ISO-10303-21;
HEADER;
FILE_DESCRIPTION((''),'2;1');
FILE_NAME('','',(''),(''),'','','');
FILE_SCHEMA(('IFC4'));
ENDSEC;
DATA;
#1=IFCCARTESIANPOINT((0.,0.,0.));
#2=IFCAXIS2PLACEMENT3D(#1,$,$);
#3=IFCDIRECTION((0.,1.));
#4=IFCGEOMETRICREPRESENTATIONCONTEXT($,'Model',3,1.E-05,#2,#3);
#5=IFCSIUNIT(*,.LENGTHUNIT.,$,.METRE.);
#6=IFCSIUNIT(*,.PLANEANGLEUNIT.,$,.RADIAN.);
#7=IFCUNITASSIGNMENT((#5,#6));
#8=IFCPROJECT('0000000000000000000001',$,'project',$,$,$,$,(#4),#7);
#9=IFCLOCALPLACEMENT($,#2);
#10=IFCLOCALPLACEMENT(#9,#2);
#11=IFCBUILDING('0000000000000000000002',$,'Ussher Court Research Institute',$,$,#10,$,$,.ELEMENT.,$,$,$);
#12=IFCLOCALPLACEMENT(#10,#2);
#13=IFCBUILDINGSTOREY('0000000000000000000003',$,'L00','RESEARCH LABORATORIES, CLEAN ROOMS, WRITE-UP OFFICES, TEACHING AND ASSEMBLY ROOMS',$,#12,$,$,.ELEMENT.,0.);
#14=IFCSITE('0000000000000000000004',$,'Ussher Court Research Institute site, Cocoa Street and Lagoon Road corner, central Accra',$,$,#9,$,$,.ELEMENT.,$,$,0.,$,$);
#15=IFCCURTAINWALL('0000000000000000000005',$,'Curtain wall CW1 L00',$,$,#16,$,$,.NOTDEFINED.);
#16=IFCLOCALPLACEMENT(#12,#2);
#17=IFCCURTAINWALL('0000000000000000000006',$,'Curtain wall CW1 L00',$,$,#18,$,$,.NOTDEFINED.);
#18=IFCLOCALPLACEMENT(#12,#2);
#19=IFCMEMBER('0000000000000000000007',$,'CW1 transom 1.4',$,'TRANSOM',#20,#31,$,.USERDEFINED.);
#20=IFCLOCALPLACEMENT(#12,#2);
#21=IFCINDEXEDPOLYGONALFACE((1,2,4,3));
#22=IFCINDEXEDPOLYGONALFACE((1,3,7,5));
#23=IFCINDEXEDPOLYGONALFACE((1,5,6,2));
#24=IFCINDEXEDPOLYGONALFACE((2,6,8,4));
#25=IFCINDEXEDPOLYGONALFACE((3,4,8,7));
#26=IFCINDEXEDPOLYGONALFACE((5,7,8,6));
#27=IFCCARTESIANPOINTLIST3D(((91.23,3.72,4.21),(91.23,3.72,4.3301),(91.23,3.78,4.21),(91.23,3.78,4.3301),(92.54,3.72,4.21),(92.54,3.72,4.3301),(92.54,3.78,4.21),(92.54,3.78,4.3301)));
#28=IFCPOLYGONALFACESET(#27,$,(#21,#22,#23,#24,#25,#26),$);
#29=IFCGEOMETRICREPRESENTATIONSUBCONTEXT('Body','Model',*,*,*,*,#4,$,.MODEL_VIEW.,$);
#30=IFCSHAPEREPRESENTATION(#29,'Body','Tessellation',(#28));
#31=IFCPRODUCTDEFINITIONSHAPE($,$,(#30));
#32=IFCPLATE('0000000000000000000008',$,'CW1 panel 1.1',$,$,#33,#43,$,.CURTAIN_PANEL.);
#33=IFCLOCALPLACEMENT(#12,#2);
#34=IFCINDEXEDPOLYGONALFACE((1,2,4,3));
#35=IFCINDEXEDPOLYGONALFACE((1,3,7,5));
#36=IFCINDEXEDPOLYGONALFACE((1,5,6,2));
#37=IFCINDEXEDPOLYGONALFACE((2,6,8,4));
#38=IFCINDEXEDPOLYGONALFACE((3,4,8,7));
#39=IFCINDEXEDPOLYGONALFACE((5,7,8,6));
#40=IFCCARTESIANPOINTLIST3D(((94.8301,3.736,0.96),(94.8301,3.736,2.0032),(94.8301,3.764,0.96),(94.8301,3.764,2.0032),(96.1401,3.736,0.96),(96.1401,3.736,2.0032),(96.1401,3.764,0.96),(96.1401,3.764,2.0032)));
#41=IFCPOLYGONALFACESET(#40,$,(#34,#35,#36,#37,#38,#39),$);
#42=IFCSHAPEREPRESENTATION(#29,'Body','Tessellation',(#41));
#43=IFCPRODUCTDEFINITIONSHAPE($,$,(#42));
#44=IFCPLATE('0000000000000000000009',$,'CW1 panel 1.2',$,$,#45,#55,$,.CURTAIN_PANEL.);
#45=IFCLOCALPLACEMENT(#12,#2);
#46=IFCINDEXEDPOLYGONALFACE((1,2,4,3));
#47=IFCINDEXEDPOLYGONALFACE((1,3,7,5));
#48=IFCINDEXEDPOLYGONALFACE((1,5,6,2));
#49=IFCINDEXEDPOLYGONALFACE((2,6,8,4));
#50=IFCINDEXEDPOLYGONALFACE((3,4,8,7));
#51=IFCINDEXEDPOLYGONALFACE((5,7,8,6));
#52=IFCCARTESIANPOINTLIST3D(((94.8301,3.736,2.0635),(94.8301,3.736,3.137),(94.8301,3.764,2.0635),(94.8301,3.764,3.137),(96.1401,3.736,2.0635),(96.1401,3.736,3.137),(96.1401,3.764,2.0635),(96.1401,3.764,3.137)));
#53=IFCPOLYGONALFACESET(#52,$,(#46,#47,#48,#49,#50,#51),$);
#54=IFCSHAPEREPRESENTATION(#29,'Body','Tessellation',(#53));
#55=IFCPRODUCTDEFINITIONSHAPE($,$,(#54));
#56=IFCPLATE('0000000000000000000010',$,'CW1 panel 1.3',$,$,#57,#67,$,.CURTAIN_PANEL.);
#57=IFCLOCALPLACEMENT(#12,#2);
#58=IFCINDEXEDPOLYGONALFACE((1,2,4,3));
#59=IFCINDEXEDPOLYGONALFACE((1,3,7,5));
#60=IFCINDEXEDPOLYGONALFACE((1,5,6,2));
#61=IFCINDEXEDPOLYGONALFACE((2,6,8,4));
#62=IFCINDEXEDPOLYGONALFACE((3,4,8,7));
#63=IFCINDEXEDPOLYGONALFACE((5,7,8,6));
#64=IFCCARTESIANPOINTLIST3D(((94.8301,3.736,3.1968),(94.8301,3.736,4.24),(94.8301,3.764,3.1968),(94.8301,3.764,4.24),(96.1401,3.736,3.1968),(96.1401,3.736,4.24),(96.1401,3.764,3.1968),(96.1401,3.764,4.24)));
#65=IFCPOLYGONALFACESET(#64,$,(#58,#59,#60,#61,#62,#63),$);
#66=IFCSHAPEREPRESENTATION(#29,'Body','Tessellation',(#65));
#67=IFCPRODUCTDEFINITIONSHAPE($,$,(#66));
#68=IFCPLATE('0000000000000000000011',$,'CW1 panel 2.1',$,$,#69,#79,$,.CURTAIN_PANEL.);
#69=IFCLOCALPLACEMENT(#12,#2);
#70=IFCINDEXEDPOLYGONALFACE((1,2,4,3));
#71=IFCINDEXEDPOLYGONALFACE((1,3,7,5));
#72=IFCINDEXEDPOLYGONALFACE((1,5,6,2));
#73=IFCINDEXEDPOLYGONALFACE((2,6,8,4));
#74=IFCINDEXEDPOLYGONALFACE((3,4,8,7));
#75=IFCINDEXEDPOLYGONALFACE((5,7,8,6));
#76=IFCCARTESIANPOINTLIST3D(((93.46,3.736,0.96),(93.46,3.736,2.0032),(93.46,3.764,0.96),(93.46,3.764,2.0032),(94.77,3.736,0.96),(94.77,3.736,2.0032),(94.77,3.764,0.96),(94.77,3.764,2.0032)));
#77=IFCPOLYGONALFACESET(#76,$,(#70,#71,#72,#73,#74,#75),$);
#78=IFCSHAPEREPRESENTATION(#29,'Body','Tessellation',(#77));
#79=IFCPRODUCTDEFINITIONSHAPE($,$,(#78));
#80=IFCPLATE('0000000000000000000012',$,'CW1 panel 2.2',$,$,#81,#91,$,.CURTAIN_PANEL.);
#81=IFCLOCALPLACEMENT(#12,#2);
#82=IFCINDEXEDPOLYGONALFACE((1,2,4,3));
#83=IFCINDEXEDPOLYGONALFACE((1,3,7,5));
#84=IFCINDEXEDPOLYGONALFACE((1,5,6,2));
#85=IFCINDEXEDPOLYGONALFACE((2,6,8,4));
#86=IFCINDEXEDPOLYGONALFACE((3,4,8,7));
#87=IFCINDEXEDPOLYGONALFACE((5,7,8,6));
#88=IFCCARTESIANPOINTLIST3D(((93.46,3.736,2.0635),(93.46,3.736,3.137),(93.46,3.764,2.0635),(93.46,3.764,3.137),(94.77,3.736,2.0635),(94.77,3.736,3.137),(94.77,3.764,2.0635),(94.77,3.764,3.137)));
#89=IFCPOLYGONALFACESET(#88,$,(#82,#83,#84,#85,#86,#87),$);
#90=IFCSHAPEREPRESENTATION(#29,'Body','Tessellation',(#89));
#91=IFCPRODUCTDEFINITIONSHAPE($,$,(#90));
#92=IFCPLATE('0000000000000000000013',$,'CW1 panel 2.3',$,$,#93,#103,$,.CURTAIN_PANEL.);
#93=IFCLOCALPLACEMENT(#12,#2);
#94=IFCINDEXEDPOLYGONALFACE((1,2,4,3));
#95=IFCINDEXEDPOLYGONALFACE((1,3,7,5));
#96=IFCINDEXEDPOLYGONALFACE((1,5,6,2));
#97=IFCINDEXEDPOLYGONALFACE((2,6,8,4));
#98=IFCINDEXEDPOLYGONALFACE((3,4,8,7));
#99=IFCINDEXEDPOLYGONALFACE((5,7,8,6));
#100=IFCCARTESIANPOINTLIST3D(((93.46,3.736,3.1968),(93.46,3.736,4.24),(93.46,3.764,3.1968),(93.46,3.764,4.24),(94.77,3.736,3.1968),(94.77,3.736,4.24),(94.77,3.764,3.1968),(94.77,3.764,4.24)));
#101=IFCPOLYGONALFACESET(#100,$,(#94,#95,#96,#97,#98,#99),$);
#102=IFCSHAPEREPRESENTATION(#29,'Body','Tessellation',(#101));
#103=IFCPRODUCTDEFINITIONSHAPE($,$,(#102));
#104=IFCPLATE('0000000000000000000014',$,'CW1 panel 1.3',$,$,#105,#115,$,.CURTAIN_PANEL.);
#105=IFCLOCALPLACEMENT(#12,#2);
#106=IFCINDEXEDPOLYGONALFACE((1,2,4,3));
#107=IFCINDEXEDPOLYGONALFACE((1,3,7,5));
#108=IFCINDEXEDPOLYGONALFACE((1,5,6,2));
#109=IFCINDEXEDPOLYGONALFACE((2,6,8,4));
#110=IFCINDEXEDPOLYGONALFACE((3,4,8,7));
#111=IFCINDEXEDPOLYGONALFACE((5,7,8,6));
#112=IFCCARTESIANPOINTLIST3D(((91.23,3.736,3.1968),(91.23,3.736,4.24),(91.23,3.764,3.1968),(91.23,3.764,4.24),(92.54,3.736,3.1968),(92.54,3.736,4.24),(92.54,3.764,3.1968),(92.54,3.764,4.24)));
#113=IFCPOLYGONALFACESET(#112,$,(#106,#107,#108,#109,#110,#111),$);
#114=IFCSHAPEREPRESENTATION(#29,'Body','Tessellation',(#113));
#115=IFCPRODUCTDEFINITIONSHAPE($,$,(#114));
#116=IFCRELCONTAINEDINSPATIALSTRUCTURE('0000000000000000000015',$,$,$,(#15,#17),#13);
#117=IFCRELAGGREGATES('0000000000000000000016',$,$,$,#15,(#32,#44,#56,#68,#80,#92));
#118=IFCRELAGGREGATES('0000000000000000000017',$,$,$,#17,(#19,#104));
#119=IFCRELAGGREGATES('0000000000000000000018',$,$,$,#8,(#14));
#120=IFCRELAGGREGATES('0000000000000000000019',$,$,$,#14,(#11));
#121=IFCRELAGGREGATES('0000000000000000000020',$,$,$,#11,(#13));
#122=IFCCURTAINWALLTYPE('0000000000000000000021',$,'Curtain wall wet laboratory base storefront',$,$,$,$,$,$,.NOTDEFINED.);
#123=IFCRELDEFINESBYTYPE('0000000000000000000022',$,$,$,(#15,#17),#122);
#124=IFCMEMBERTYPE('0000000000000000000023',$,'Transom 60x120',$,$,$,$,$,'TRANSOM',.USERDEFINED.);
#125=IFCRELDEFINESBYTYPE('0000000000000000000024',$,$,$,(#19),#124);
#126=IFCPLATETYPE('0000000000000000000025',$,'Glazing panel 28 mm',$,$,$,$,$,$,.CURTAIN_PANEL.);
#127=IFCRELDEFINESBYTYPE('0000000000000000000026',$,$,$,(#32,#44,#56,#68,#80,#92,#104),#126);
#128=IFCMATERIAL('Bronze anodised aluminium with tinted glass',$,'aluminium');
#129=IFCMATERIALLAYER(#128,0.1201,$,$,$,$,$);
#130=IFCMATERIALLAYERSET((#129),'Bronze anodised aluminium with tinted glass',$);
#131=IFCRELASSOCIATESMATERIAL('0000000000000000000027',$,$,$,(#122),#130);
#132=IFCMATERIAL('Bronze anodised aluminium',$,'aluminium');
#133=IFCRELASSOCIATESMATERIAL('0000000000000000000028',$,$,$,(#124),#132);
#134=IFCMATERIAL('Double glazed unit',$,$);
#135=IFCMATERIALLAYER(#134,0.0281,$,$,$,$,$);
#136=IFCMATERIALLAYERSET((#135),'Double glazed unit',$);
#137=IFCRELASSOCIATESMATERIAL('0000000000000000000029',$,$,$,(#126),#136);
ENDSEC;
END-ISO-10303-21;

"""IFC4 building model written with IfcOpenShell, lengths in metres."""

from ifc_helpers import new_model, si_unit, direction, frame, origin, origin_2d, place, context, subcontext, project, spatial, rectangle, extrude, material, layer, layer_set, material_profile, profile_set, type_object, element, aggregate, save


model = new_model("IFC4")

# Units and contexts
model_context = context("Model", 3, precision=1e-05, world=origin(), true_north=direction((0.0, 1.0)))
body_context = subcontext(model_context, "Body", "Model", "MODEL_VIEW")
ifc_project = project(units=[si_unit("LENGTHUNIT", "METRE"), si_unit("PLANEANGLEUNIT", "RADIAN")], contexts=[model_context])

# Site, building, storey
site_placement = place(None, origin())
site = spatial("IfcSite", under=ifc_project, at=site_placement, Name="Ussher Court Research Institute site, Cocoa Street and Lagoon Road corner, central Accra", CompositionType="ELEMENT", RefElevation=0.0)
building_placement = place(site_placement, origin())
building = spatial("IfcBuilding", under=site, at=building_placement, Name="Ussher Court Research Institute", CompositionType="ELEMENT")
storey_placement = place(building_placement, origin())
storey = spatial("IfcBuildingStorey", under=building, at=storey_placement, Name="L00", Description="RESEARCH LABORATORIES, CLEAN ROOMS, WRITE-UP OFFICES, TEACHING AND ASSEMBLY ROOMS", CompositionType="ELEMENT", Elevation=0.0)

# Curtain wall
ifc_material_1 = material(Name="Bronze anodised aluminium with tinted glass", Category="aluminium")
ifc_layer_1 = layer(ifc_material_1, 0.1201)
ifc_layer_set_1 = layer_set([ifc_layer_1], Name="Bronze anodised aluminium with tinted glass")
curtain_wall_type = type_object("IfcCurtainWallType", Name="Curtain wall wet laboratory base storefront", PredefinedType="NOTDEFINED", material=ifc_layer_set_1)
curtain_wall_1_placement = place(storey_placement, origin())
curtain_wall_1 = element("IfcCurtainWall", 1, at=curtain_wall_1_placement, inside=storey, type_object=curtain_wall_type, Name="Curtain wall CW1 L00", PredefinedType="NOTDEFINED")

# Curtain wall
curtain_wall_2_placement = place(storey_placement, origin())
curtain_wall_2 = element("IfcCurtainWall", 2, at=curtain_wall_2_placement, inside=storey, type_object=curtain_wall_type, Name="Curtain wall CW1 L00", PredefinedType="NOTDEFINED")

# Member
ifc_material_2 = material(Name="Bronze anodised aluminium", Category="aluminium")
ifc_material_profile_1 = material_profile(ifc_material_2, rectangle(XDim=0.0601, YDim=0.1201, at=origin_2d()), Name="Transom 60x120")
ifc_profile_set_1 = profile_set([ifc_material_profile_1], Name="Bronze anodised aluminium")
member_type_1 = type_object("IfcMemberType", Name="Transom 60x120", ElementType="TRANSOM", PredefinedType="USERDEFINED", material=ifc_profile_set_1)
member_1_placement = place(storey_placement, frame((92.54, 3.75, 4.27), z_axis=(-1.0, 0.0, 0.0), x_axis=(0.0, -1.0, 0.0)))
member_1 = element("IfcMember", 3, at=member_1_placement, type_object=member_type_1, Name="CW1 transom 1.4", ObjectType="TRANSOM", PredefinedType="USERDEFINED", context=body_context, shape_type="SweptSolid", body=[
    extrude(rectangle(XDim=0.0601, YDim=0.1201, at=origin_2d()), origin(), (0.0, 0.0, 1.0), 1.3101),
])

# Plates
ifc_material_3 = material(Name="Double glazed unit")
ifc_layer_2 = layer(ifc_material_3, 0.0281)
ifc_layer_set_2 = layer_set([ifc_layer_2], Name="Double glazed unit")
plate_type = type_object("IfcPlateType", Name="Glazing panel 28 mm", PredefinedType="CURTAIN_PANEL", material=ifc_layer_set_2)
plate_1_placement = place(storey_placement, frame((95.4851, 3.75, 0.96), z_axis=(0.0, 0.0, 1.0), x_axis=(-1.0, 0.0, 0.0)))
plate_1 = element("IfcPlate", 4, at=plate_1_placement, type_object=plate_type, Name="CW1 panel 1.1", PredefinedType="CURTAIN_PANEL", context=body_context, shape_type="SweptSolid", body=[
    extrude(rectangle(XDim=1.3101, YDim=0.0281, at=origin_2d()), origin(), (0.0, 0.0, 1.0), 1.0432),
])
plate_2_placement = place(storey_placement, frame((95.4851, 3.75, 2.0635), z_axis=(0.0, 0.0, 1.0), x_axis=(-1.0, 0.0, 0.0)))
plate_2 = element("IfcPlate", 5, at=plate_2_placement, type_object=plate_type, Name="CW1 panel 1.2", PredefinedType="CURTAIN_PANEL", context=body_context, shape_type="SweptSolid", body=[
    extrude(rectangle(XDim=1.3101, YDim=0.0281, at=origin_2d()), origin(), (0.0, 0.0, 1.0), 1.0735),
])
plate_3_placement = place(storey_placement, frame((95.4851, 3.75, 3.1968), z_axis=(0.0, 0.0, 1.0), x_axis=(-1.0, 0.0, 0.0)))
plate_3 = element("IfcPlate", 6, at=plate_3_placement, type_object=plate_type, Name="CW1 panel 1.3", PredefinedType="CURTAIN_PANEL", context=body_context, shape_type="SweptSolid", body=[
    extrude(rectangle(XDim=1.3101, YDim=0.0281, at=origin_2d()), origin(), (0.0, 0.0, 1.0), 1.0432),
])
plate_4_placement = place(storey_placement, frame((94.115, 3.75, 0.96), z_axis=(0.0, 0.0, 1.0), x_axis=(-1.0, 0.0, 0.0)))
plate_4 = element("IfcPlate", 7, at=plate_4_placement, type_object=plate_type, Name="CW1 panel 2.1", PredefinedType="CURTAIN_PANEL", context=body_context, shape_type="SweptSolid", body=[
    extrude(rectangle(XDim=1.3101, YDim=0.0281, at=origin_2d()), origin(), (0.0, 0.0, 1.0), 1.0432),
])
plate_5_placement = place(storey_placement, frame((94.115, 3.75, 2.0635), z_axis=(0.0, 0.0, 1.0), x_axis=(-1.0, 0.0, 0.0)))
plate_5 = element("IfcPlate", 8, at=plate_5_placement, type_object=plate_type, Name="CW1 panel 2.2", PredefinedType="CURTAIN_PANEL", context=body_context, shape_type="SweptSolid", body=[
    extrude(rectangle(XDim=1.3101, YDim=0.0281, at=origin_2d()), origin(), (0.0, 0.0, 1.0), 1.0735),
])
plate_6_placement = place(storey_placement, frame((94.115, 3.75, 3.1968), z_axis=(0.0, 0.0, 1.0), x_axis=(-1.0, 0.0, 0.0)))
plate_6 = element("IfcPlate", 9, at=plate_6_placement, type_object=plate_type, Name="CW1 panel 2.3", PredefinedType="CURTAIN_PANEL", context=body_context, shape_type="SweptSolid", body=[
    extrude(rectangle(XDim=1.3101, YDim=0.0281, at=origin_2d()), origin(), (0.0, 0.0, 1.0), 1.0432),
])
aggregate(curtain_wall_1, [plate_1, plate_2, plate_3, plate_4, plate_5, plate_6])
plate_7_placement = place(storey_placement, frame((91.885, 3.75, 3.1968), z_axis=(0.0, 0.0, 1.0), x_axis=(-1.0, 0.0, 0.0)))
plate_7 = element("IfcPlate", 10, at=plate_7_placement, type_object=plate_type, Name="CW1 panel 1.3", PredefinedType="CURTAIN_PANEL", context=body_context, shape_type="SweptSolid", body=[
    extrude(rectangle(XDim=1.3101, YDim=0.0281, at=origin_2d()), origin(), (0.0, 0.0, 1.0), 1.0432),
])
aggregate(curtain_wall_2, [member_1, plate_7])

save(model, "model.ifc")
